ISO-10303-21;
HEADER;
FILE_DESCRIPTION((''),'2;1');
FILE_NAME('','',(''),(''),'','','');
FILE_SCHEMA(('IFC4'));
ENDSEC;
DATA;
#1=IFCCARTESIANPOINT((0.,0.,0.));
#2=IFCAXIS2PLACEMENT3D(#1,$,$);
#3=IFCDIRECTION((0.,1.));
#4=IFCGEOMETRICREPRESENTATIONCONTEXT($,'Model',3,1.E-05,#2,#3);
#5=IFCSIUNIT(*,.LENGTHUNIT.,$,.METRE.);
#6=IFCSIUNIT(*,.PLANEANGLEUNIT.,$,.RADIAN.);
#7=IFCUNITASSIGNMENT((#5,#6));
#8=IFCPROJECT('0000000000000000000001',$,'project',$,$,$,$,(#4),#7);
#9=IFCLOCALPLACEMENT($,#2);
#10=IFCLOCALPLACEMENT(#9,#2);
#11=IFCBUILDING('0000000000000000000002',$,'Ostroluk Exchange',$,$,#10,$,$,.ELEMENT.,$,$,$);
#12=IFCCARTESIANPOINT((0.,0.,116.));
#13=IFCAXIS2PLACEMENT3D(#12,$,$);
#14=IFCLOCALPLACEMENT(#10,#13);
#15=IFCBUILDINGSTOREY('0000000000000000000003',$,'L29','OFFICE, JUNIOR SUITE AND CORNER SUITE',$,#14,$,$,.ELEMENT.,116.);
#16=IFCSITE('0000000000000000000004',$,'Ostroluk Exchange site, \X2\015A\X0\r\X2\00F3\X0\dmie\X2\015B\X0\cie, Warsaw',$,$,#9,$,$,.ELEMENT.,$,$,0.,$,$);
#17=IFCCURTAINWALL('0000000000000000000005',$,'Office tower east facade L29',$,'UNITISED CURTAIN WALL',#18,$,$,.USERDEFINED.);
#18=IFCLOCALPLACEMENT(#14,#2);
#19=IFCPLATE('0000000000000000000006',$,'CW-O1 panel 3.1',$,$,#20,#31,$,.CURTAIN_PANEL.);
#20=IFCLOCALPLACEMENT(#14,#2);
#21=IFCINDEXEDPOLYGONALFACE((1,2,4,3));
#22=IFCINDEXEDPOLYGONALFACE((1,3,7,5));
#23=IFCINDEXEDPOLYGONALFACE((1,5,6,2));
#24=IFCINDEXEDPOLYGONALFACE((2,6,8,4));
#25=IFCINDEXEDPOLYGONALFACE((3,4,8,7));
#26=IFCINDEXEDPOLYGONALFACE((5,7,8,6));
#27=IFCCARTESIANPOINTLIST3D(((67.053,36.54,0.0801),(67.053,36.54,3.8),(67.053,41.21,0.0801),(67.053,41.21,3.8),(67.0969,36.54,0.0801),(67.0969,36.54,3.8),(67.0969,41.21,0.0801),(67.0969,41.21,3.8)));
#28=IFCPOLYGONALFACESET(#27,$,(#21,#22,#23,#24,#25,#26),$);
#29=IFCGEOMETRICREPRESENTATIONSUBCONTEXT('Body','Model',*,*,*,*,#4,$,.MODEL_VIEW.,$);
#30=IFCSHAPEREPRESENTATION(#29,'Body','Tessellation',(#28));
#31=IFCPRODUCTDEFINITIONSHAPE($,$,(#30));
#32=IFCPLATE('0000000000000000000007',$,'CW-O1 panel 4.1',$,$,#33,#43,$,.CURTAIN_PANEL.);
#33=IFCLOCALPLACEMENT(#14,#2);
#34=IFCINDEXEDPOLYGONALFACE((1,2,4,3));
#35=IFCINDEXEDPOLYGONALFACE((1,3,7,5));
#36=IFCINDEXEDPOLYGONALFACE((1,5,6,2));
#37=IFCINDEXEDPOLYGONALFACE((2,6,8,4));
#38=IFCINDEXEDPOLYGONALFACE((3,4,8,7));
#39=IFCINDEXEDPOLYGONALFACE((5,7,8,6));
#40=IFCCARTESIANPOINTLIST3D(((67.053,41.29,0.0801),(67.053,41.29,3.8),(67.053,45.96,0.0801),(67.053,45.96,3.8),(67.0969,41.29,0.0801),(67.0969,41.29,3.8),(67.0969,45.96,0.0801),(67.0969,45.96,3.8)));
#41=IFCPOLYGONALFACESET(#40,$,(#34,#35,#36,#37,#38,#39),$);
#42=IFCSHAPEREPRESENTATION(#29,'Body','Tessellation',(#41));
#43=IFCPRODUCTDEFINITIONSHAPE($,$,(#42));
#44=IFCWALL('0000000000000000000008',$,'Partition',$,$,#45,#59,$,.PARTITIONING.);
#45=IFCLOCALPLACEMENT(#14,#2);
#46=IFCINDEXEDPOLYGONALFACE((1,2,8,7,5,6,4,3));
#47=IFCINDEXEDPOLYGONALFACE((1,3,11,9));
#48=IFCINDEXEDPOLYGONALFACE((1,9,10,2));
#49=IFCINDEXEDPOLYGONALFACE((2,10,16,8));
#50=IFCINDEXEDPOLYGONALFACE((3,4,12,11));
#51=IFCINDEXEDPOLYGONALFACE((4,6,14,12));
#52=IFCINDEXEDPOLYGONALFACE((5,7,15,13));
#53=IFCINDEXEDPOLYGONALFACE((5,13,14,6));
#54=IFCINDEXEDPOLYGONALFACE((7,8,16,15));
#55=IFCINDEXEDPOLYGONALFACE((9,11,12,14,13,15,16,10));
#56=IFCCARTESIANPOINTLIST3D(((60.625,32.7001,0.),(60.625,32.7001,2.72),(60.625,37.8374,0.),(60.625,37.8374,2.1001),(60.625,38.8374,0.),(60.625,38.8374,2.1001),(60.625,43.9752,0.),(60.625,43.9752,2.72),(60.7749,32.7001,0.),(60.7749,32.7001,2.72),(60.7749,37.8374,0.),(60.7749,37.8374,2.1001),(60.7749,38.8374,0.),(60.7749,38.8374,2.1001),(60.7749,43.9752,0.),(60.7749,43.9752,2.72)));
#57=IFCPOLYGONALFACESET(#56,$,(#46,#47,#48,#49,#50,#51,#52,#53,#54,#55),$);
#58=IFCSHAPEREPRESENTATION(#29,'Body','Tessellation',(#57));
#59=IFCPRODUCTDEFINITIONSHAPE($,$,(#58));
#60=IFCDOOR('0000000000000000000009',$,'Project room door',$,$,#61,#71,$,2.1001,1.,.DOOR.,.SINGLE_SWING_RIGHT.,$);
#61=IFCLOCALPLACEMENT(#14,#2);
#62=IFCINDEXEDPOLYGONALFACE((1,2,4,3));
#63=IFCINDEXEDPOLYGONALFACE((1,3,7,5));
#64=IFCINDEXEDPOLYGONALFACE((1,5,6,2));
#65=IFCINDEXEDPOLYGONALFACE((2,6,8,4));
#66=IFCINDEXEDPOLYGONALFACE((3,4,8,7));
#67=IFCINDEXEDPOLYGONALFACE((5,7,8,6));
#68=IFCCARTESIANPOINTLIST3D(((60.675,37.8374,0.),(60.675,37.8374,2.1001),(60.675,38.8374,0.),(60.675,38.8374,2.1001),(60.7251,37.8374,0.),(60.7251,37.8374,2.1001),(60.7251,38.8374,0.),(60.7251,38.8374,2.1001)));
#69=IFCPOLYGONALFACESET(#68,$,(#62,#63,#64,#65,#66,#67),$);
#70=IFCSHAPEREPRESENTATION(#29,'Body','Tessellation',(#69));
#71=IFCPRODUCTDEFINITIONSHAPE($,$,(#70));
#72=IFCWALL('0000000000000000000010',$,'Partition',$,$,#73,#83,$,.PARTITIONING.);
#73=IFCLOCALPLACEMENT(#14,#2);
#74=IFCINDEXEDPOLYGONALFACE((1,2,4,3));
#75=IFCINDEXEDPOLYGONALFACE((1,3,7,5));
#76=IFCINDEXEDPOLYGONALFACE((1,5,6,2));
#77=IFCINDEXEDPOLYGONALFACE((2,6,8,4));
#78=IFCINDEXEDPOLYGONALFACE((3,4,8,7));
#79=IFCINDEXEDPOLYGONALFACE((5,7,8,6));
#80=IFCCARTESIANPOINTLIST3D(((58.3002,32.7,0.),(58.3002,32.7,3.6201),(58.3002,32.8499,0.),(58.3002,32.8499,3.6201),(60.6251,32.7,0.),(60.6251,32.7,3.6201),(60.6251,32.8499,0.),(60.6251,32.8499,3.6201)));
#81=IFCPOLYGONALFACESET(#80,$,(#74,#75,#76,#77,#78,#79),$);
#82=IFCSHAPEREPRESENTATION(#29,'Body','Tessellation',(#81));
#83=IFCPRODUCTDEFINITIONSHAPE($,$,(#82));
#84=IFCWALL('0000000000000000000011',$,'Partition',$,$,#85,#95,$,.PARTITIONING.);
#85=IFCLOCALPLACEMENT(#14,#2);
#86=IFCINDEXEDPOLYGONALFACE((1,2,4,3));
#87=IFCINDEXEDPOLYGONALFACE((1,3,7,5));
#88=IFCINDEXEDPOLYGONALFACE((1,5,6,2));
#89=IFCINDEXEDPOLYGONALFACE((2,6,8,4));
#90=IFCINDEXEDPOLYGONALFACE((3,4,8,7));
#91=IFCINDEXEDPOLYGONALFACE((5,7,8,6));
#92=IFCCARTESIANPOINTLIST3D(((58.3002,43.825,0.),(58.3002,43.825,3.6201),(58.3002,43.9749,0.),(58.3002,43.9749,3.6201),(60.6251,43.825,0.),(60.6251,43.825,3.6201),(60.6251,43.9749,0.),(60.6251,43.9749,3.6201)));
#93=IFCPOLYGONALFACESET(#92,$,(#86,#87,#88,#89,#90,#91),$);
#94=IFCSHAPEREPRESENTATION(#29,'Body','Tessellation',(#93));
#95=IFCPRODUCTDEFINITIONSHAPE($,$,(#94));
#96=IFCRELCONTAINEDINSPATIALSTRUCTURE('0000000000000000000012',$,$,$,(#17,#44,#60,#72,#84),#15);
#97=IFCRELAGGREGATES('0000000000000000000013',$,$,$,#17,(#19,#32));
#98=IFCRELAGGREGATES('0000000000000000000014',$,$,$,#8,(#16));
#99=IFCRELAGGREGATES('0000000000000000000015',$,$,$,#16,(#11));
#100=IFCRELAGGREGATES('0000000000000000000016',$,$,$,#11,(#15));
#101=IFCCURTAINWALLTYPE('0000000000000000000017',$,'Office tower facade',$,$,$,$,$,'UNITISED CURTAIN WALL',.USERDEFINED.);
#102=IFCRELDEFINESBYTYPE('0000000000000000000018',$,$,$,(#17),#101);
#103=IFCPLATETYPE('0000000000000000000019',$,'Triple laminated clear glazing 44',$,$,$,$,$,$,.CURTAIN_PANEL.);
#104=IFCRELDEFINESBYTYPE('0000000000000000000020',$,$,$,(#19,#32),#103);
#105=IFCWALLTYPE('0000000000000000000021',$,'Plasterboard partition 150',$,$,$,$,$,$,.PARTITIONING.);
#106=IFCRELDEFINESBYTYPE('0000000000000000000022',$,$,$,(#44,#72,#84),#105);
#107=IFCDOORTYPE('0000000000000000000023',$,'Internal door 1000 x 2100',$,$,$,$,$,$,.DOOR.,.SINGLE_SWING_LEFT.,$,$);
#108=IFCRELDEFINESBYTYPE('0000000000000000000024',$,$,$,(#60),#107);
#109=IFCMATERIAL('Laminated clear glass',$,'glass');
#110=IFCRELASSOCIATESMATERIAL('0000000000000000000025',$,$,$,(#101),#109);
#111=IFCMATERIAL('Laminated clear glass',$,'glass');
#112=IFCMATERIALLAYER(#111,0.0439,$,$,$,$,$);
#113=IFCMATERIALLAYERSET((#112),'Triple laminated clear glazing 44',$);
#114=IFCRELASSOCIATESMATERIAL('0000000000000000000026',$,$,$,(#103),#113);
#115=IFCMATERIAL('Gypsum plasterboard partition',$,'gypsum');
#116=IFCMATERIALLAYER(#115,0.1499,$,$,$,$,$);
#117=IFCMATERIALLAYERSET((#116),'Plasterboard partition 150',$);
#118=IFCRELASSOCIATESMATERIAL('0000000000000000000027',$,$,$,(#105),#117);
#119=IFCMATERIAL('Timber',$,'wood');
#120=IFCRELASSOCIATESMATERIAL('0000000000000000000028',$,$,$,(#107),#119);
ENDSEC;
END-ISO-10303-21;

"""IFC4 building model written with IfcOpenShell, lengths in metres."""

from ifc_helpers import new_model, si_unit, direction, frame, frame_2d, origin, origin_2d, place, context, subcontext, project, spatial, rectangle, extrude, material, layer, layer_set, type_object, element, fill, aggregate, save


model = new_model("IFC4")

# Units and contexts
model_context = context("Model", 3, precision=1e-05, world=origin(), true_north=direction((0.0, 1.0)))
body_context = subcontext(model_context, "Body", "Model", "MODEL_VIEW")
ifc_project = project(units=[si_unit("LENGTHUNIT", "METRE"), si_unit("PLANEANGLEUNIT", "RADIAN")], contexts=[model_context])

# Site, building, storey
site_placement = place(None, origin())
site = spatial("IfcSite", under=ifc_project, at=site_placement, Name="Ostroluk Exchange site, Śródmieście, Warsaw", CompositionType="ELEMENT", RefElevation=0.0)
building_placement = place(site_placement, origin())
building = spatial("IfcBuilding", under=site, at=building_placement, Name="Ostroluk Exchange", CompositionType="ELEMENT")
storey_placement = place(building_placement, frame((0.0, 0.0, 116.0)))
storey = spatial("IfcBuildingStorey", under=building, at=storey_placement, Name="L29", Description="OFFICE, JUNIOR SUITE AND CORNER SUITE", CompositionType="ELEMENT", Elevation=116.0)

# Curtain wall, plates
ifc_material_1 = material(Name="Laminated clear glass", Category="glass")
curtain_wall_type = type_object("IfcCurtainWallType", Name="Office tower facade", ElementType="UNITISED CURTAIN WALL", PredefinedType="USERDEFINED", material=ifc_material_1)
curtain_wall_placement = place(storey_placement, origin())
curtain_wall = element("IfcCurtainWall", 1, at=curtain_wall_placement, inside=storey, type_object=curtain_wall_type, Name="Office tower east facade L29", ObjectType="UNITISED CURTAIN WALL", PredefinedType="USERDEFINED")
ifc_material_2 = material(Name="Laminated clear glass", Category="glass")
ifc_layer_1 = layer(ifc_material_2, 0.0439)
ifc_layer_set_1 = layer_set([ifc_layer_1], Name="Triple laminated clear glazing 44")
plate_type = type_object("IfcPlateType", Name="Triple laminated clear glazing 44", PredefinedType="CURTAIN_PANEL", material=ifc_layer_set_1)
plate_1_placement = place(storey_placement, frame((67.075, 38.875, 0.0801), z_axis=(0.0, 0.0, 1.0), x_axis=(0.0, 1.0, 0.0)))
plate_1 = element("IfcPlate", 2, at=plate_1_placement, type_object=plate_type, Name="CW-O1 panel 3.1", PredefinedType="CURTAIN_PANEL", context=body_context, shape_type="SweptSolid", body=[
    extrude(rectangle(XDim=4.6699, YDim=0.0439, at=origin_2d()), origin(), (0.0, 0.0, 1.0), 3.72),
])
plate_2_placement = place(storey_placement, frame((67.075, 43.625, 0.0801), z_axis=(0.0, 0.0, 1.0), x_axis=(0.0, 1.0, 0.0)))
plate_2 = element("IfcPlate", 3, at=plate_2_placement, type_object=plate_type, Name="CW-O1 panel 4.1", PredefinedType="CURTAIN_PANEL", context=body_context, shape_type="SweptSolid", body=[
    extrude(rectangle(XDim=4.6699, YDim=0.0439, at=origin_2d()), origin(), (0.0, 0.0, 1.0), 3.72),
])
aggregate(curtain_wall, [plate_1, plate_2])

# Wall, opening, door
ifc_material_3 = material(Name="Gypsum plasterboard partition", Category="gypsum")
ifc_layer_2 = layer(ifc_material_3, 0.1499)
ifc_layer_set_2 = layer_set([ifc_layer_2], Name="Plasterboard partition 150")
wall_type = type_object("IfcWallType", Name="Plasterboard partition 150", PredefinedType="PARTITIONING", material=ifc_layer_set_2)
wall_1_placement = place(storey_placement, frame((60.7, 32.7, 0.0), z_axis=(0.0, 0.0, 1.0), x_axis=(0.0, 1.0, 0.0)))
wall_1 = element("IfcWall", 4, at=wall_1_placement, inside=storey, type_object=wall_type, Name="Partition", PredefinedType="PARTITIONING", context=body_context, shape_type="SweptSolid", body=[
    extrude(rectangle(XDim=11.2751, YDim=0.1499, at=frame_2d((5.6377, 0.0))), origin(), (0.0, 0.0, 1.0), 2.72),
])
opening_1_placement = place(wall_1_placement, frame((5.1375, 0.0, 0.0)))
opening_1 = element("IfcOpeningElement", 5, at=opening_1_placement, cuts=wall_1, PredefinedType="OPENING", context=body_context, shape_type="SweptSolid", body=[
    extrude(rectangle(XDim=1.0, YDim=2.1001, at=frame_2d((0.5, 1.05))), frame((0.0, 0.085, 0.0), z_axis=(0.0, -1.0, 0.0), x_axis=(1.0, 0.0, 0.0)), (0.0, 0.0, 1.0), 0.1699),
])
ifc_material_4 = material(Name="Timber", Category="wood")
door_type = type_object("IfcDoorType", Name="Internal door 1000 x 2100", OperationType="SINGLE_SWING_LEFT", PredefinedType="DOOR", material=ifc_material_4)
door_1_placement = place(opening_1_placement, origin())
door_1 = element("IfcDoor", 6, at=door_1_placement, inside=storey, type_object=door_type, Name="Project room door", OperationType="SINGLE_SWING_RIGHT", OverallHeight=2.1001, OverallWidth=1.0, PredefinedType="DOOR", context=body_context, shape_type="SweptSolid", body=[
    extrude(rectangle(XDim=1.0, YDim=2.1001, at=frame_2d((0.5, 1.05))), frame((0.0, 0.0249, 0.0), z_axis=(0.0, -1.0, 0.0), x_axis=(1.0, 0.0, 0.0)), (0.0, 0.0, 1.0), 0.05),
])
fill(opening_1, door_1)

# Walls
for number, where, z_axis, x_axis, name in (
    (7, (58.3, 32.7749, 0.0), (0.0, 0.0, 1.0), (1.0, 0.0, 0.0), "Partition"),
    (8, (58.3, 43.8999, 0.0), (0.0, 0.0, 1.0), (1.0, 0.0, 0.0), "Partition"),
):
    element("IfcWall", number, at=place(storey_placement, frame(where, z_axis=z_axis, x_axis=x_axis)), inside=storey, type_object=wall_type, Name=name, PredefinedType="PARTITIONING", context=body_context, shape_type="SweptSolid", body=[
        extrude(rectangle(XDim=2.325, YDim=0.1499, at=frame_2d((1.1626, 0.0))), origin(), (0.0, 0.0, 1.0), 3.6201),
    ])

save(model, "model.ifc")
